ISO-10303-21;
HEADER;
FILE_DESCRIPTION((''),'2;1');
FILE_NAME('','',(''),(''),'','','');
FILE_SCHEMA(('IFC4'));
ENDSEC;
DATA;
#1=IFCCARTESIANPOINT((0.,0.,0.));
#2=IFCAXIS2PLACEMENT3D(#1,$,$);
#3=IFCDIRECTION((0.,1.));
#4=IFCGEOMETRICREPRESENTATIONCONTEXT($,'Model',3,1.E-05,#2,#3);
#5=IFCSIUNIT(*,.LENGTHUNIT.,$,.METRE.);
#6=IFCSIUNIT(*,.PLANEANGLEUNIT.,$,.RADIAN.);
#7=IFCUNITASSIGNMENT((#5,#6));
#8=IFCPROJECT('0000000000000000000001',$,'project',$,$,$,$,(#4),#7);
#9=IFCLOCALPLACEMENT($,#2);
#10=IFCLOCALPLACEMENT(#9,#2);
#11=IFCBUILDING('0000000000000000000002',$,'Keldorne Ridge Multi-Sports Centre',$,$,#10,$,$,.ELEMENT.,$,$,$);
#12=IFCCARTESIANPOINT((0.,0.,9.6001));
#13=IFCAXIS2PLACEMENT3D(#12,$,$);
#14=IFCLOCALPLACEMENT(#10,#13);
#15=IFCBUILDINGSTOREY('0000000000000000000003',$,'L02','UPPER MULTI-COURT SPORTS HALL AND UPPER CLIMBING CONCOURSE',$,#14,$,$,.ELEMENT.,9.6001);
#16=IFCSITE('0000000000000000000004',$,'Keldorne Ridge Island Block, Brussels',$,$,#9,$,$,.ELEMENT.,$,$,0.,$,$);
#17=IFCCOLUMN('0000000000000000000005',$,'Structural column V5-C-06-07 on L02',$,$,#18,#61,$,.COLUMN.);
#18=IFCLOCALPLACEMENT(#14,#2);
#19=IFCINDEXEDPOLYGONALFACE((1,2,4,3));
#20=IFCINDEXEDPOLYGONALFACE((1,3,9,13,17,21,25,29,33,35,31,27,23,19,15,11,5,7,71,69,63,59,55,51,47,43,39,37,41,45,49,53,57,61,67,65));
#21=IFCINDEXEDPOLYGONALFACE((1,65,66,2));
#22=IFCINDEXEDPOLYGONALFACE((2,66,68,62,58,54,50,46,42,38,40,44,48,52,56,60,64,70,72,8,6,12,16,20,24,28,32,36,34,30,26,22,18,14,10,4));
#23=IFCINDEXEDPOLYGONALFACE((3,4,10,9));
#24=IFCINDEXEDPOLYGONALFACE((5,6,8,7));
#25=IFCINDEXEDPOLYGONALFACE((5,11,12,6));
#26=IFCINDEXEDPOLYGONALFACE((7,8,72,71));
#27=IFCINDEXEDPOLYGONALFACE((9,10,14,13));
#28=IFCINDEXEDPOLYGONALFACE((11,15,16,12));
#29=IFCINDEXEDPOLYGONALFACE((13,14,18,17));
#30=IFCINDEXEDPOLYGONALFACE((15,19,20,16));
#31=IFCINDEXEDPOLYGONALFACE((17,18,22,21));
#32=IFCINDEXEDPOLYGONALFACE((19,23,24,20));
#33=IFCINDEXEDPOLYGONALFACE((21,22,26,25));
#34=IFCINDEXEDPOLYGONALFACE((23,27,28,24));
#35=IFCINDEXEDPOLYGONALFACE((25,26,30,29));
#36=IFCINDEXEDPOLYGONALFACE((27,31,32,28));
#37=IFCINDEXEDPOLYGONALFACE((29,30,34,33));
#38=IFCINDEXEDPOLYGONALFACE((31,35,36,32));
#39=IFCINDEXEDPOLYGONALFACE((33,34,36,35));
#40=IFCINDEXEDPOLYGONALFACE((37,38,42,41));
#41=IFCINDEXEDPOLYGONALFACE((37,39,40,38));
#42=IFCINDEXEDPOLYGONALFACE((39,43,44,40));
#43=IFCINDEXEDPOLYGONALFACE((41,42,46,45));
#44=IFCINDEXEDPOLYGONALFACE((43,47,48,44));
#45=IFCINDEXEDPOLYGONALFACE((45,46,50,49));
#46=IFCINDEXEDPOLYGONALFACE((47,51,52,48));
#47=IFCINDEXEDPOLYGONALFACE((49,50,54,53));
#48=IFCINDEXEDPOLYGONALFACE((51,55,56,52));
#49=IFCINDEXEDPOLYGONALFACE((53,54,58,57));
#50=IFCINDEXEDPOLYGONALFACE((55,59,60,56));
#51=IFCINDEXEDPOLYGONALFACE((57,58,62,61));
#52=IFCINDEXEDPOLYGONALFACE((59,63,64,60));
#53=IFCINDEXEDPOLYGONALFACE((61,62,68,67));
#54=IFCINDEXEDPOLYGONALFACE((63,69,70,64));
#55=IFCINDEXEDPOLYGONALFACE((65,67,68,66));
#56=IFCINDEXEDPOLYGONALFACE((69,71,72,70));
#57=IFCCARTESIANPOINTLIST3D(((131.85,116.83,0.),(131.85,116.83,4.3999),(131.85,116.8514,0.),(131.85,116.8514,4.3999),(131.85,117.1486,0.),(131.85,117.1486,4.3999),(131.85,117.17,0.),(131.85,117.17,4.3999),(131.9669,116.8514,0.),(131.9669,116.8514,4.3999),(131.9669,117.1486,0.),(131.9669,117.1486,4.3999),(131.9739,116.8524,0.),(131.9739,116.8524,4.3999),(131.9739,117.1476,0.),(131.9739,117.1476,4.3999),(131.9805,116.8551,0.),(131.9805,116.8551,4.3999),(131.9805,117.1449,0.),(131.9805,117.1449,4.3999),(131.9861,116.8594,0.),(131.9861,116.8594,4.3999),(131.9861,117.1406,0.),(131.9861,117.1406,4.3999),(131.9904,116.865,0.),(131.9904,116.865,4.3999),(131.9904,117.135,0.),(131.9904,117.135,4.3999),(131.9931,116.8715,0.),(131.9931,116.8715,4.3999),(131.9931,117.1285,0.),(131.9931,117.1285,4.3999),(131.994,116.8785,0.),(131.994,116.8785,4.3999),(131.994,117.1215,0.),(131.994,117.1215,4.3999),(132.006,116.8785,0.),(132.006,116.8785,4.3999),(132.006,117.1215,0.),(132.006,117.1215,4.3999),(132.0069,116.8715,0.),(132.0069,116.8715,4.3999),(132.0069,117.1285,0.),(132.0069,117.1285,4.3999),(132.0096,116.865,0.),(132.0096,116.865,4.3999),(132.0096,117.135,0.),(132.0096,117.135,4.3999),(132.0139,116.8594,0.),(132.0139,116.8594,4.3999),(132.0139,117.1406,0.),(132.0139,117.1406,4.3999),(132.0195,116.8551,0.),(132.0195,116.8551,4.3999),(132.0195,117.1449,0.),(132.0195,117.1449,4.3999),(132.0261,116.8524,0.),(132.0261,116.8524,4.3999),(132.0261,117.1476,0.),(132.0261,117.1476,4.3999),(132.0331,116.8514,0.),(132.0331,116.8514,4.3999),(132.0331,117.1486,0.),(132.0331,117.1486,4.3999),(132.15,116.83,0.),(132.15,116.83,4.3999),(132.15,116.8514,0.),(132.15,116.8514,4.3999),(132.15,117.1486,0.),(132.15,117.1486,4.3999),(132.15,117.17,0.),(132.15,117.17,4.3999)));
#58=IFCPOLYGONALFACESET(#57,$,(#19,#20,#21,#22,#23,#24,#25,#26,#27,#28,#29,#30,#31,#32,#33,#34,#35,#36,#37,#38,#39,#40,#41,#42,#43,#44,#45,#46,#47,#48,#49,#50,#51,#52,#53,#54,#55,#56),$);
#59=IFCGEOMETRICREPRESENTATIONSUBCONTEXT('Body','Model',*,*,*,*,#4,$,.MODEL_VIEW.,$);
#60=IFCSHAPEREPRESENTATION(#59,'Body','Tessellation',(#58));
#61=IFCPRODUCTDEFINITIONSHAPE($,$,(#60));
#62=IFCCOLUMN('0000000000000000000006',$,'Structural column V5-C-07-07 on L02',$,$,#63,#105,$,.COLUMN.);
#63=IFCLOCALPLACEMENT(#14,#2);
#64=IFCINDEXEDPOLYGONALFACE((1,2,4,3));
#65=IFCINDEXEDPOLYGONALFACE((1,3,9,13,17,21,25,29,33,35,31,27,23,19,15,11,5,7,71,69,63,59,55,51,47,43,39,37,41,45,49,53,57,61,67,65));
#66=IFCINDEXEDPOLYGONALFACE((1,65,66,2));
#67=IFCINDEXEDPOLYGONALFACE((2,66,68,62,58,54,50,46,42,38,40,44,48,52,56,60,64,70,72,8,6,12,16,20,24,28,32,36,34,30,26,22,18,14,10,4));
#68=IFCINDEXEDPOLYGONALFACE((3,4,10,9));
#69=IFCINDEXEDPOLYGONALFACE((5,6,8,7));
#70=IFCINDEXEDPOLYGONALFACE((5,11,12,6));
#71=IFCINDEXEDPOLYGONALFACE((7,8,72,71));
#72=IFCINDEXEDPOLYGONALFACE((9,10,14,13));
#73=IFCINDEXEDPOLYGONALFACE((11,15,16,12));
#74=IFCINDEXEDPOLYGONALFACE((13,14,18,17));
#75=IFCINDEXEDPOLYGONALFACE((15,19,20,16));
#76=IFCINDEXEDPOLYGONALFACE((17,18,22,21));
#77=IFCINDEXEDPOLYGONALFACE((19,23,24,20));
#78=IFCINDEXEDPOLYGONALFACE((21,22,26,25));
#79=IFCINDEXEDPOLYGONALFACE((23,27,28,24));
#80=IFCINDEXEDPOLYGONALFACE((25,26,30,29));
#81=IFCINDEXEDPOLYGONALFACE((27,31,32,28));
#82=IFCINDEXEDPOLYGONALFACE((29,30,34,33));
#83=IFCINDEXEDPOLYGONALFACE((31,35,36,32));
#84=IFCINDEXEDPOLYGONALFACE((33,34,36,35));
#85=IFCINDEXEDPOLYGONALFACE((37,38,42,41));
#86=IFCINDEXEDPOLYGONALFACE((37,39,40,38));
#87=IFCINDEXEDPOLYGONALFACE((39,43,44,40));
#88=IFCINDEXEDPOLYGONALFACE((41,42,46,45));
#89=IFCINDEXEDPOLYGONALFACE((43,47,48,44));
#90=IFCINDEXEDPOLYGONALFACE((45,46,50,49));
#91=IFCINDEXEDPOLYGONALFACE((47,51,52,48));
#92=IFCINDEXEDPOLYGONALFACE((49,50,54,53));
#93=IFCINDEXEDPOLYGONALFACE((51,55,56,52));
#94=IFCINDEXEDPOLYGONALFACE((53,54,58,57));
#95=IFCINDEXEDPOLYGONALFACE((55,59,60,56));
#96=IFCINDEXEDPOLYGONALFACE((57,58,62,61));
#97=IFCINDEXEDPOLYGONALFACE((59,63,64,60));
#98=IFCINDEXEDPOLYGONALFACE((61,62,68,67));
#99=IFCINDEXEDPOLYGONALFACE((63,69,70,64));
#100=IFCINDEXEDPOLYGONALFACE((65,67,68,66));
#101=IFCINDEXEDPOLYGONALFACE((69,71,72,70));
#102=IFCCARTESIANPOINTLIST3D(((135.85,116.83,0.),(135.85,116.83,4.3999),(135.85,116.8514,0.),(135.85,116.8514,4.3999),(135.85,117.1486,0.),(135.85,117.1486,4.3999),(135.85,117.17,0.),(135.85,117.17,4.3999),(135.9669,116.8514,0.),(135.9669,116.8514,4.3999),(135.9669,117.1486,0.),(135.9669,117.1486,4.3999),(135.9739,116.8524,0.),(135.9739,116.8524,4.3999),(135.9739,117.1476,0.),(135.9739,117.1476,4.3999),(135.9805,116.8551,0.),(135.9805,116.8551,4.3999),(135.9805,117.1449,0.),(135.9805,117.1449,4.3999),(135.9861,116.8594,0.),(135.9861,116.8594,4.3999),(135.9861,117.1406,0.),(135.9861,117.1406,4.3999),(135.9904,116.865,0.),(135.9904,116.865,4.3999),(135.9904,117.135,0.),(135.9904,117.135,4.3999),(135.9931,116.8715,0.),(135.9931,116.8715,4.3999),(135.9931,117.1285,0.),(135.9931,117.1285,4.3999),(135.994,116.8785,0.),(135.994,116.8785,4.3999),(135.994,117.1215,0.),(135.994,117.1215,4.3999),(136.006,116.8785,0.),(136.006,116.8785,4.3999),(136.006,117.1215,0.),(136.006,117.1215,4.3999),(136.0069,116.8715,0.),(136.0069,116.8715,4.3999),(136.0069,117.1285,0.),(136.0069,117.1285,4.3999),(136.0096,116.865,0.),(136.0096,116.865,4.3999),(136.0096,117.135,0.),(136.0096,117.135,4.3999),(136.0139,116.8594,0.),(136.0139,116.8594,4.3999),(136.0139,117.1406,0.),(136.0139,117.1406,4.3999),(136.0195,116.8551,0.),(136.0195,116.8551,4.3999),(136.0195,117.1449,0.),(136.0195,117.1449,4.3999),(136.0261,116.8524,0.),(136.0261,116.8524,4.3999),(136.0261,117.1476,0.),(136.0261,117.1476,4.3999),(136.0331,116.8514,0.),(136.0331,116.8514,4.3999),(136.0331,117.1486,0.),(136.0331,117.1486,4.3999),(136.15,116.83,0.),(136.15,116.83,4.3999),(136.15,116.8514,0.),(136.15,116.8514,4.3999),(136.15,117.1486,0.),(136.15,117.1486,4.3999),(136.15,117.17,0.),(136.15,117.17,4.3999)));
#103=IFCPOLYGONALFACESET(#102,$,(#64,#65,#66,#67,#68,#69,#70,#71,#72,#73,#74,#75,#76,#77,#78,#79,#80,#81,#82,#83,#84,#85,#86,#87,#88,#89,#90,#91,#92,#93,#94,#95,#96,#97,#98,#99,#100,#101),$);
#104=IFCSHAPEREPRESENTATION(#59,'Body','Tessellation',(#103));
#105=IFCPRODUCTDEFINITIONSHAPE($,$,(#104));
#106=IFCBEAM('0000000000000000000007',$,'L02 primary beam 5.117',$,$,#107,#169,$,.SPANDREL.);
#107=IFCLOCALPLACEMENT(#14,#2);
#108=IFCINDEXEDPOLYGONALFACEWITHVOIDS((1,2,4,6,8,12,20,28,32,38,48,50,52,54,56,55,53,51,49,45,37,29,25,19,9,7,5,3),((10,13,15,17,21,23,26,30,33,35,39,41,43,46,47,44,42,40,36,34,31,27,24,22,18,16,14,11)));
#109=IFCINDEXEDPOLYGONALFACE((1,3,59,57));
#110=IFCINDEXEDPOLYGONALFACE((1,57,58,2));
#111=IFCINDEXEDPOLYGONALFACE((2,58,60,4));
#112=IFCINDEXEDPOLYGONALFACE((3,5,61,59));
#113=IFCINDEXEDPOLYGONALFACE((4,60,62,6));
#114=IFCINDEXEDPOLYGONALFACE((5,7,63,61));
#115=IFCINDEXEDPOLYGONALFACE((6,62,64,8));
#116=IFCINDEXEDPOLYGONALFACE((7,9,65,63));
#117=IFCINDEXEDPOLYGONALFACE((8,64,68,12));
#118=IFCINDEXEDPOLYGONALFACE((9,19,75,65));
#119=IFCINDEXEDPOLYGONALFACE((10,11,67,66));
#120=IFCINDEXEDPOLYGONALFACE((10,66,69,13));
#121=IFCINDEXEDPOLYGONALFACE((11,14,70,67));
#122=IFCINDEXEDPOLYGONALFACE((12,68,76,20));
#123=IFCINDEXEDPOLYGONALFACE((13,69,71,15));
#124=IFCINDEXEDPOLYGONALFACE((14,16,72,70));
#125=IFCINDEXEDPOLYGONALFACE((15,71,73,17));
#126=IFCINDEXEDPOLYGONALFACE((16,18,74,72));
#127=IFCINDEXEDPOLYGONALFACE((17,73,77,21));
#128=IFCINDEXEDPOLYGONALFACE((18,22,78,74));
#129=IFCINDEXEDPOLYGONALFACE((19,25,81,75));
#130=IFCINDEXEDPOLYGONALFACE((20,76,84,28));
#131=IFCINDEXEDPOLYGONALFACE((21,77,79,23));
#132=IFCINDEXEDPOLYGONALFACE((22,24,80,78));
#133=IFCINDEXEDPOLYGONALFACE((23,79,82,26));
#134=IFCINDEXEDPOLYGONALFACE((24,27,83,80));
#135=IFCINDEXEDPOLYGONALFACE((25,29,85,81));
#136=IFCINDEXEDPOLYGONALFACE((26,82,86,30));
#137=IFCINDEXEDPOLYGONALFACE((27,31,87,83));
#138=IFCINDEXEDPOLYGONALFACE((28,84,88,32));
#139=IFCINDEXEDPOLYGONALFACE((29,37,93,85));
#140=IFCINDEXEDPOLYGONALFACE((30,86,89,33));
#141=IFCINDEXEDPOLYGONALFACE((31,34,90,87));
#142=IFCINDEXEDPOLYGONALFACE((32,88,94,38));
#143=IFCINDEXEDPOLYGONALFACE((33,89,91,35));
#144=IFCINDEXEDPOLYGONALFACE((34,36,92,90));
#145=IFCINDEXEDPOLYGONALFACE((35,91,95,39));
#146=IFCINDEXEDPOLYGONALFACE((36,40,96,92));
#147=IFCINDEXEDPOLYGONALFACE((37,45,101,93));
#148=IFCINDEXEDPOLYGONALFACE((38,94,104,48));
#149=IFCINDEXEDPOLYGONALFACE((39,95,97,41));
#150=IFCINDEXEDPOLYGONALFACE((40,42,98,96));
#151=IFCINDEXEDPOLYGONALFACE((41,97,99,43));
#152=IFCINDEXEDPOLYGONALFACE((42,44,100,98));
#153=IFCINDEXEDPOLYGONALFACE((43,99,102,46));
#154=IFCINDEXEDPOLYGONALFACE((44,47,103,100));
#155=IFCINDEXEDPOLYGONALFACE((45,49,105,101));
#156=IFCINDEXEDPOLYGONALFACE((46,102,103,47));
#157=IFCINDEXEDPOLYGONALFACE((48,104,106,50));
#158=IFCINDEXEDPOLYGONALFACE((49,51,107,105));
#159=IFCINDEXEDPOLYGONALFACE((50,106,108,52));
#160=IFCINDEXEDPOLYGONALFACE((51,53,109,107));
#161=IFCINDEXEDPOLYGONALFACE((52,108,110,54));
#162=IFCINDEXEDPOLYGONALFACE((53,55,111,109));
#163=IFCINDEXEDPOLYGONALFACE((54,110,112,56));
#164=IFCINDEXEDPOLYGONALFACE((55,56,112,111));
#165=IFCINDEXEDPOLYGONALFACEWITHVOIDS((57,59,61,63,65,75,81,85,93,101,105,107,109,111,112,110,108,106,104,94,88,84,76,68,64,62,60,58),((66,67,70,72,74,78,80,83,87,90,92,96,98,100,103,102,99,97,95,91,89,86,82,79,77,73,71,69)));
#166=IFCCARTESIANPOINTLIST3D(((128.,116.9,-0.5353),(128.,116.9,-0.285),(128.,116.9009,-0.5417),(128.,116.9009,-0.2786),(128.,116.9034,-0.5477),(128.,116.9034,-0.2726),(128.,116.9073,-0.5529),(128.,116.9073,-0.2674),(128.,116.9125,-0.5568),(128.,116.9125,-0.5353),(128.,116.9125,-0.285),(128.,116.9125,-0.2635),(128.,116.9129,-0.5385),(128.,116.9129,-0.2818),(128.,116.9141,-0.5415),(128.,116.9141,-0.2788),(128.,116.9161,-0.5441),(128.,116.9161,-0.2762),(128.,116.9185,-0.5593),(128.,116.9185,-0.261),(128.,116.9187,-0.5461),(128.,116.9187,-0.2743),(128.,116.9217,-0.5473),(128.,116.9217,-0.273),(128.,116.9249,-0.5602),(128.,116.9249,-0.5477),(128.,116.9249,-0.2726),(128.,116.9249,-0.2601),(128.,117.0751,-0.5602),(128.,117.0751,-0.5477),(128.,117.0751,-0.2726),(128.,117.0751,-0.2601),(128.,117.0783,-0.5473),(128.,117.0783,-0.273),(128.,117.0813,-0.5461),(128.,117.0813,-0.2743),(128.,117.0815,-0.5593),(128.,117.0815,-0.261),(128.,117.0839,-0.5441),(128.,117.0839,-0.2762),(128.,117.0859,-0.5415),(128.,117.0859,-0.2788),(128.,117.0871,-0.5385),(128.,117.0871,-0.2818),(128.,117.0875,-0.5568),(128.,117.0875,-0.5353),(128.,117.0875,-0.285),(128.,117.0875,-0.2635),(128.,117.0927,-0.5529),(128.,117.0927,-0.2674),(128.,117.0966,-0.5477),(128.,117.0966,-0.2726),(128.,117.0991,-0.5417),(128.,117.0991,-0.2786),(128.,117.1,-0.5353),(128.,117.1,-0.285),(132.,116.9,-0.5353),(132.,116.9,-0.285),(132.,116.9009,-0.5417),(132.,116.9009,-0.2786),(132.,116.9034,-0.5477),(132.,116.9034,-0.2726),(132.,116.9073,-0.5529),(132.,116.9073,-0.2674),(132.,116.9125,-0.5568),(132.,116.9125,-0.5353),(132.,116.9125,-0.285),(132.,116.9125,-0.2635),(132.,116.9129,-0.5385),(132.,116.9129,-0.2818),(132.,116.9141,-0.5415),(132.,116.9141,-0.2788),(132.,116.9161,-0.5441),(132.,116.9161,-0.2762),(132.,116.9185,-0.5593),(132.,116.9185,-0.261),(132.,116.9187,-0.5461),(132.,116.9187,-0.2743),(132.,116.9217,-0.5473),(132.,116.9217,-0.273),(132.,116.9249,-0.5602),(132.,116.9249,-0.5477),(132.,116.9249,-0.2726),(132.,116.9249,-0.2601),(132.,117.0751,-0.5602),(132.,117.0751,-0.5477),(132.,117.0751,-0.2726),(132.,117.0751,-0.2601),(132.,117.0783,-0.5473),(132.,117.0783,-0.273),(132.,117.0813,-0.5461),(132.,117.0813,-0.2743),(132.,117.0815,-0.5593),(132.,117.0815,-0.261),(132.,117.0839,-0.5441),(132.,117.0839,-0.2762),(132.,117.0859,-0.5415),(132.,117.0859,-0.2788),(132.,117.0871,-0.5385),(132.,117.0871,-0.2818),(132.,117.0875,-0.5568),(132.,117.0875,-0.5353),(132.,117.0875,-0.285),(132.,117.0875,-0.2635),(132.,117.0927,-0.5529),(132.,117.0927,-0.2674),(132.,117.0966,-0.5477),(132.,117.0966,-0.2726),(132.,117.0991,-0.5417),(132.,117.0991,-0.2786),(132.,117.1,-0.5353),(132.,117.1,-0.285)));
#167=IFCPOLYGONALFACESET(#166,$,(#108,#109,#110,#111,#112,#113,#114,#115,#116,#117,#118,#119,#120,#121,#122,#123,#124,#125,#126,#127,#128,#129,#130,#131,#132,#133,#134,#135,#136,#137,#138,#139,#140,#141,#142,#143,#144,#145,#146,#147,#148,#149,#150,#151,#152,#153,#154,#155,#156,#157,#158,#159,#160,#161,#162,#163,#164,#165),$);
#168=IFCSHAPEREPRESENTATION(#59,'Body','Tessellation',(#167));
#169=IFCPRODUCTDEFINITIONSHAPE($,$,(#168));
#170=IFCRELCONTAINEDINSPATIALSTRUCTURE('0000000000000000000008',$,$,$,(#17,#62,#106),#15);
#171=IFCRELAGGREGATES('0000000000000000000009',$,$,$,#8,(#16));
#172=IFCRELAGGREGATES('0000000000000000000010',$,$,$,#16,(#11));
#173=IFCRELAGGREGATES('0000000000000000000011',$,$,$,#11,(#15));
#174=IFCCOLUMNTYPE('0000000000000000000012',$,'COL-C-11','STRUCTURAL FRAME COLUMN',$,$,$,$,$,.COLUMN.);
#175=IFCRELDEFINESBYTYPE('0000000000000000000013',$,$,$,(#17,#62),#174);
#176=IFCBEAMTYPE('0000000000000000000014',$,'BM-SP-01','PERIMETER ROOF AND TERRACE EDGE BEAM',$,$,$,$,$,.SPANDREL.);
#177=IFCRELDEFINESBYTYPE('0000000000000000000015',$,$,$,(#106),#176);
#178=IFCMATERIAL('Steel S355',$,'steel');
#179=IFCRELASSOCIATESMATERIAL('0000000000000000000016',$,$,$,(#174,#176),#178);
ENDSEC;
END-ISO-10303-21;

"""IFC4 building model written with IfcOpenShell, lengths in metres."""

from ifc_helpers import new_model, si_unit, direction, frame, origin, origin_2d, place, context, subcontext, project, spatial, hollow_rectangle, i_section, extrude, material, material_profile, profile_set, type_object, element, save


model = new_model("IFC4")

# Units and contexts
model_context = context("Model", 3, precision=1e-05, world=origin(), true_north=direction((0.0, 1.0)))
body_context = subcontext(model_context, "Body", "Model", "MODEL_VIEW")
ifc_project = project(units=[si_unit("LENGTHUNIT", "METRE"), si_unit("PLANEANGLEUNIT", "RADIAN")], contexts=[model_context])

# Site, building, storey
site_placement = place(None, origin())
site = spatial("IfcSite", under=ifc_project, at=site_placement, Name="Keldorne Ridge Island Block, Brussels", CompositionType="ELEMENT", RefElevation=0.0)
building_placement = place(site_placement, origin())
building = spatial("IfcBuilding", under=site, at=building_placement, Name="Keldorne Ridge Multi-Sports Centre", CompositionType="ELEMENT")
storey_placement = place(building_placement, frame((0.0, 0.0, 9.6001)))
storey = spatial("IfcBuildingStorey", under=building, at=storey_placement, Name="L02", Description="UPPER MULTI-COURT SPORTS HALL AND UPPER CLIMBING CONCOURSE", CompositionType="ELEMENT", Elevation=9.6001)

# Columns
ifc_material_1 = material(Name="Steel S355", Category="steel")
ifc_material_profile_1 = material_profile(ifc_material_1, i_section(OverallWidth=0.3, OverallDepth=0.3401, WebThickness=0.012, FlangeThickness=0.0215, FilletRadius=0.0271, at=origin_2d()), Name="HEB 340")
ifc_profile_set_1 = profile_set([ifc_material_profile_1], Name="Steel S355")
column_type = type_object("IfcColumnType", Name="COL-C-11", Description="STRUCTURAL FRAME COLUMN", PredefinedType="COLUMN", material=ifc_profile_set_1)
for number, where, z_axis, x_axis, name in (
    (1, (132.0, 117.0, 0.0), (0.0, 0.0, 1.0), (1.0, 0.0, 0.0), "Structural column V5-C-06-07 on L02"),
    (2, (136.0, 117.0, 0.0), (0.0, 0.0, 1.0), (1.0, 0.0, 0.0), "Structural column V5-C-07-07 on L02"),
):
    element("IfcColumn", number, at=place(storey_placement, frame(where, z_axis=z_axis, x_axis=x_axis)), inside=storey, type_object=column_type, Name=name, PredefinedType="COLUMN", context=body_context, shape_type="SweptSolid", body=[
        extrude(i_section(OverallWidth=0.3, OverallDepth=0.3401, WebThickness=0.012, FlangeThickness=0.0215, FilletRadius=0.0271, at=origin_2d()), origin(), (0.0, 0.0, 1.0), 4.3999),
    ])

# Beam
ifc_material_profile_2 = material_profile(ifc_material_1, hollow_rectangle(XDim=0.2, YDim=0.3, WallThickness=0.0125, InnerFilletRadius=0.0125, OuterFilletRadius=0.0249, at=origin_2d()), Name="RHS 300x200x12.5")
ifc_profile_set_2 = profile_set([ifc_material_profile_2], Name="Steel S355")
beam_type = type_object("IfcBeamType", Name="BM-SP-01", Description="PERIMETER ROOF AND TERRACE EDGE BEAM", PredefinedType="SPANDREL", material=ifc_profile_set_2)
for number, where, z_axis, x_axis, name in (
    (3, (128.0, 117.0, -0.4102), (1.0, 0.0, 0.0), (0.0, 1.0, 0.0), "L02 primary beam 5.117"),
):
    element("IfcBeam", number, at=place(storey_placement, frame(where, z_axis=z_axis, x_axis=x_axis)), inside=storey, type_object=beam_type, Name=name, PredefinedType="SPANDREL", context=body_context, shape_type="SweptSolid", body=[
        extrude(hollow_rectangle(XDim=0.2, YDim=0.3, WallThickness=0.0125, InnerFilletRadius=0.0125, OuterFilletRadius=0.0249, at=origin_2d()), origin(), (0.0, 0.0, 1.0), 4.0),
    ])

save(model, "model.ifc")
